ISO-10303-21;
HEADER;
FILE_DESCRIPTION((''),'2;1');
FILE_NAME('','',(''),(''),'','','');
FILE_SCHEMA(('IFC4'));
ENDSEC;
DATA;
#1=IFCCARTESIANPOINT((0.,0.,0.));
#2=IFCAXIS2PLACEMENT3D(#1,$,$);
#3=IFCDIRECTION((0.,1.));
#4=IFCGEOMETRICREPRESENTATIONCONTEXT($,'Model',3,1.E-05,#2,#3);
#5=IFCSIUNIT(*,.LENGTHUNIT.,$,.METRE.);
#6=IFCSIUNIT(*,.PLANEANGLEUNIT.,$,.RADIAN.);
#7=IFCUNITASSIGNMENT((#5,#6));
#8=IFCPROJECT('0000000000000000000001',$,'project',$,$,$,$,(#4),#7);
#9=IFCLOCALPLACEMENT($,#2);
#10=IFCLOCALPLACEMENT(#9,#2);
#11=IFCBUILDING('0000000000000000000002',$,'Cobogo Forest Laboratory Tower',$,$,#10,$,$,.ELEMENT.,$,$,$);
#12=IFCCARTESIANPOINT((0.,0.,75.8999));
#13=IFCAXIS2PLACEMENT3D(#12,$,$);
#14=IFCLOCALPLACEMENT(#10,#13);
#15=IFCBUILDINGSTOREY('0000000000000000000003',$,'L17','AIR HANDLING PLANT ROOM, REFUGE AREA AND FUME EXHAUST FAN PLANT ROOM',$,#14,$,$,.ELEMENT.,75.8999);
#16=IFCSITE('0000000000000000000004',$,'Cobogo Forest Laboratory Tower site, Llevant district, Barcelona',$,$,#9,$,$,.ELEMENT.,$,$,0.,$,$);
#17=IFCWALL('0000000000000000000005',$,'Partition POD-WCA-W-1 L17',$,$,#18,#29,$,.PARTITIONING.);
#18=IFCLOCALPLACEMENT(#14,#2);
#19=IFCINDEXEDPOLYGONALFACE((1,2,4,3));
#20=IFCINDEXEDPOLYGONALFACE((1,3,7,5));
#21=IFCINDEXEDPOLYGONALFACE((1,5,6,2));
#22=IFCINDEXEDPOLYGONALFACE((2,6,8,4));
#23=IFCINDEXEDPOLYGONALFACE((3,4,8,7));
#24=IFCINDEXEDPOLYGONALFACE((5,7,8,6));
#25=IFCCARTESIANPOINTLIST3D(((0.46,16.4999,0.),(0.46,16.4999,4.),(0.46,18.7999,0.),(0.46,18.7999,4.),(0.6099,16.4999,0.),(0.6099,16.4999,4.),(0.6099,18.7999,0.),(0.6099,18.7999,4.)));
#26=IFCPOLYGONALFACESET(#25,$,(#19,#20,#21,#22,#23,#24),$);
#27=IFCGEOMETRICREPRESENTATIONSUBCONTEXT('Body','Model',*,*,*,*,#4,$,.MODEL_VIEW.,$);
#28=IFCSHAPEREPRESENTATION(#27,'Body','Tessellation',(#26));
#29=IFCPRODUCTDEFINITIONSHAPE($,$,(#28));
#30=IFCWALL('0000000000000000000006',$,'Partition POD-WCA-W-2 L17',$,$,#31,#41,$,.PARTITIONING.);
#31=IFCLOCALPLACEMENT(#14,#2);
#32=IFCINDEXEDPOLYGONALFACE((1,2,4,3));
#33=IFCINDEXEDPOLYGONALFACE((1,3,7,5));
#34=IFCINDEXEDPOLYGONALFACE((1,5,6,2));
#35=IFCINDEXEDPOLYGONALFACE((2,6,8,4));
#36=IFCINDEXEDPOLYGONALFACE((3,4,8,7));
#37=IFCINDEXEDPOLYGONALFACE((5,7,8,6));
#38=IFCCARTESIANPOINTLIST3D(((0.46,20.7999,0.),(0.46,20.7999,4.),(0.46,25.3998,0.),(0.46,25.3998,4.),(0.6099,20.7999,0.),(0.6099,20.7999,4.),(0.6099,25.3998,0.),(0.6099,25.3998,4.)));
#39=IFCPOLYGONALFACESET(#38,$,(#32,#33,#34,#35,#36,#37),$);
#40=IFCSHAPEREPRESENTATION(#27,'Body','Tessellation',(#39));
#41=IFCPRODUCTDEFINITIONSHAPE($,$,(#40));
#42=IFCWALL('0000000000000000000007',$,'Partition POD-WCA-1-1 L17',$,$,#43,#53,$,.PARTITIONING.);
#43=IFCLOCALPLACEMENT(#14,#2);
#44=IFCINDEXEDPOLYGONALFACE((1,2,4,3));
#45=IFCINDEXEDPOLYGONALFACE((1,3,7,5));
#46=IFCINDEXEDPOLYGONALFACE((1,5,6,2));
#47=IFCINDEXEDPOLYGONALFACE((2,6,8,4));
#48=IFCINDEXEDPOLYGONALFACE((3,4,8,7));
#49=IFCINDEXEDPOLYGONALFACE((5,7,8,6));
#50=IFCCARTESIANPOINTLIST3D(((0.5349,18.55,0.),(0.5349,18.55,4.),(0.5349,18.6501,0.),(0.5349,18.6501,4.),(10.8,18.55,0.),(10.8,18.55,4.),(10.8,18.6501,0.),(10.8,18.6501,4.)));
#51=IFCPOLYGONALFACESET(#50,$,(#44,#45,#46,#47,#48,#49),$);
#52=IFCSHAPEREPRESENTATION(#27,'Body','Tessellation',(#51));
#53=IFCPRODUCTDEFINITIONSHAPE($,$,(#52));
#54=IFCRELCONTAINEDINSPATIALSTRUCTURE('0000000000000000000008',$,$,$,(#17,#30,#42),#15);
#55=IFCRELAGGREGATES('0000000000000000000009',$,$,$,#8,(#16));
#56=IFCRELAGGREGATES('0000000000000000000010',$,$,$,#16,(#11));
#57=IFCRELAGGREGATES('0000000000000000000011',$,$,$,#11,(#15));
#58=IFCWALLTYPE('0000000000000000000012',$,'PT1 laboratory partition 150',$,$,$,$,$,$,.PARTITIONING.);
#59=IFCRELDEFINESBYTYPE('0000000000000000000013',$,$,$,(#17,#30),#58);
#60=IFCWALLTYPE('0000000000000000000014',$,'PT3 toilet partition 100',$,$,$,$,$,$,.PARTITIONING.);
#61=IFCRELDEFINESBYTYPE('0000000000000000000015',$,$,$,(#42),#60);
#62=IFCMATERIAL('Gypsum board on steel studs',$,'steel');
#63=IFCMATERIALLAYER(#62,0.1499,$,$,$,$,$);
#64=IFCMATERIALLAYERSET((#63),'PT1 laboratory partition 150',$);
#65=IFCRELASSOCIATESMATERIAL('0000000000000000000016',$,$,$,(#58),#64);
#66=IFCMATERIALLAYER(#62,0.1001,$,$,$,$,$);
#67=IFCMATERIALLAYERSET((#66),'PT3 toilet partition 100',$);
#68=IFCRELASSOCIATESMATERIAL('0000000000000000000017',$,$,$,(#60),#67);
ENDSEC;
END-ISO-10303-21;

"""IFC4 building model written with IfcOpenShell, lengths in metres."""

from ifc_helpers import new_model, si_unit, direction, frame, frame_2d, origin, place, context, subcontext, project, spatial, rectangle, extrude, material, layer, layer_set, type_object, element, save


model = new_model("IFC4")

# Units and contexts
model_context = context("Model", 3, precision=1e-05, world=origin(), true_north=direction((0.0, 1.0)))
body_context = subcontext(model_context, "Body", "Model", "MODEL_VIEW")
ifc_project = project(units=[si_unit("LENGTHUNIT", "METRE"), si_unit("PLANEANGLEUNIT", "RADIAN")], contexts=[model_context])

# Site, building, storey
site_placement = place(None, origin())
site = spatial("IfcSite", under=ifc_project, at=site_placement, Name="Cobogo Forest Laboratory Tower site, Llevant district, Barcelona", CompositionType="ELEMENT", RefElevation=0.0)
building_placement = place(site_placement, origin())
building = spatial("IfcBuilding", under=site, at=building_placement, Name="Cobogo Forest Laboratory Tower", CompositionType="ELEMENT")
storey_placement = place(building_placement, frame((0.0, 0.0, 75.8999)))
storey = spatial("IfcBuildingStorey", under=building, at=storey_placement, Name="L17", Description="AIR HANDLING PLANT ROOM, REFUGE AREA AND FUME EXHAUST FAN PLANT ROOM", CompositionType="ELEMENT", Elevation=75.8999)

# Walls
ifc_material_1 = material(Name="Gypsum board on steel studs", Category="steel")
ifc_layer_1 = layer(ifc_material_1, 0.1499)
ifc_layer_set_1 = layer_set([ifc_layer_1], Name="PT1 laboratory partition 150")
wall_type_1 = type_object("IfcWallType", Name="PT1 laboratory partition 150", PredefinedType="PARTITIONING", material=ifc_layer_set_1)
wall_1_placement = place(storey_placement, frame((0.5349, 16.5, 0.0), z_axis=(0.0, 0.0, 1.0), x_axis=(0.0, 1.0, 0.0)))
element("IfcWall", 1, at=wall_1_placement, inside=storey, type_object=wall_type_1, Name="Partition POD-WCA-W-1 L17", PredefinedType="PARTITIONING", context=body_context, shape_type="SweptSolid", body=[
    extrude(rectangle(XDim=2.3, YDim=0.1499, at=frame_2d((1.1499, 0.0))), origin(), (0.0, 0.0, 1.0), 4.0),
])
wall_2_placement = place(storey_placement, frame((0.5349, 20.8, 0.0), z_axis=(0.0, 0.0, 1.0), x_axis=(0.0, 1.0, 0.0)))
element("IfcWall", 2, at=wall_2_placement, inside=storey, type_object=wall_type_1, Name="Partition POD-WCA-W-2 L17", PredefinedType="PARTITIONING", context=body_context, shape_type="SweptSolid", body=[
    extrude(rectangle(XDim=4.5999, YDim=0.1499, at=frame_2d((2.2998, 0.0))), origin(), (0.0, 0.0, 1.0), 4.0),
])
ifc_layer_2 = layer(ifc_material_1, 0.1001)
ifc_layer_set_2 = layer_set([ifc_layer_2], Name="PT3 toilet partition 100")
wall_type_2 = type_object("IfcWallType", Name="PT3 toilet partition 100", PredefinedType="PARTITIONING", material=ifc_layer_set_2)
wall_3_placement = place(storey_placement, frame((0.5349, 18.6001, 0.0), z_axis=(0.0, 0.0, 1.0), x_axis=(1.0, 0.0, 0.0)))
element("IfcWall", 3, at=wall_3_placement, inside=storey, type_object=wall_type_2, Name="Partition POD-WCA-1-1 L17", PredefinedType="PARTITIONING", context=body_context, shape_type="SweptSolid", body=[
    extrude(rectangle(XDim=10.2651, YDim=0.1001, at=frame_2d((5.1326, 0.0))), origin(), (0.0, 0.0, 1.0), 4.0),
])

save(model, "model.ifc")
